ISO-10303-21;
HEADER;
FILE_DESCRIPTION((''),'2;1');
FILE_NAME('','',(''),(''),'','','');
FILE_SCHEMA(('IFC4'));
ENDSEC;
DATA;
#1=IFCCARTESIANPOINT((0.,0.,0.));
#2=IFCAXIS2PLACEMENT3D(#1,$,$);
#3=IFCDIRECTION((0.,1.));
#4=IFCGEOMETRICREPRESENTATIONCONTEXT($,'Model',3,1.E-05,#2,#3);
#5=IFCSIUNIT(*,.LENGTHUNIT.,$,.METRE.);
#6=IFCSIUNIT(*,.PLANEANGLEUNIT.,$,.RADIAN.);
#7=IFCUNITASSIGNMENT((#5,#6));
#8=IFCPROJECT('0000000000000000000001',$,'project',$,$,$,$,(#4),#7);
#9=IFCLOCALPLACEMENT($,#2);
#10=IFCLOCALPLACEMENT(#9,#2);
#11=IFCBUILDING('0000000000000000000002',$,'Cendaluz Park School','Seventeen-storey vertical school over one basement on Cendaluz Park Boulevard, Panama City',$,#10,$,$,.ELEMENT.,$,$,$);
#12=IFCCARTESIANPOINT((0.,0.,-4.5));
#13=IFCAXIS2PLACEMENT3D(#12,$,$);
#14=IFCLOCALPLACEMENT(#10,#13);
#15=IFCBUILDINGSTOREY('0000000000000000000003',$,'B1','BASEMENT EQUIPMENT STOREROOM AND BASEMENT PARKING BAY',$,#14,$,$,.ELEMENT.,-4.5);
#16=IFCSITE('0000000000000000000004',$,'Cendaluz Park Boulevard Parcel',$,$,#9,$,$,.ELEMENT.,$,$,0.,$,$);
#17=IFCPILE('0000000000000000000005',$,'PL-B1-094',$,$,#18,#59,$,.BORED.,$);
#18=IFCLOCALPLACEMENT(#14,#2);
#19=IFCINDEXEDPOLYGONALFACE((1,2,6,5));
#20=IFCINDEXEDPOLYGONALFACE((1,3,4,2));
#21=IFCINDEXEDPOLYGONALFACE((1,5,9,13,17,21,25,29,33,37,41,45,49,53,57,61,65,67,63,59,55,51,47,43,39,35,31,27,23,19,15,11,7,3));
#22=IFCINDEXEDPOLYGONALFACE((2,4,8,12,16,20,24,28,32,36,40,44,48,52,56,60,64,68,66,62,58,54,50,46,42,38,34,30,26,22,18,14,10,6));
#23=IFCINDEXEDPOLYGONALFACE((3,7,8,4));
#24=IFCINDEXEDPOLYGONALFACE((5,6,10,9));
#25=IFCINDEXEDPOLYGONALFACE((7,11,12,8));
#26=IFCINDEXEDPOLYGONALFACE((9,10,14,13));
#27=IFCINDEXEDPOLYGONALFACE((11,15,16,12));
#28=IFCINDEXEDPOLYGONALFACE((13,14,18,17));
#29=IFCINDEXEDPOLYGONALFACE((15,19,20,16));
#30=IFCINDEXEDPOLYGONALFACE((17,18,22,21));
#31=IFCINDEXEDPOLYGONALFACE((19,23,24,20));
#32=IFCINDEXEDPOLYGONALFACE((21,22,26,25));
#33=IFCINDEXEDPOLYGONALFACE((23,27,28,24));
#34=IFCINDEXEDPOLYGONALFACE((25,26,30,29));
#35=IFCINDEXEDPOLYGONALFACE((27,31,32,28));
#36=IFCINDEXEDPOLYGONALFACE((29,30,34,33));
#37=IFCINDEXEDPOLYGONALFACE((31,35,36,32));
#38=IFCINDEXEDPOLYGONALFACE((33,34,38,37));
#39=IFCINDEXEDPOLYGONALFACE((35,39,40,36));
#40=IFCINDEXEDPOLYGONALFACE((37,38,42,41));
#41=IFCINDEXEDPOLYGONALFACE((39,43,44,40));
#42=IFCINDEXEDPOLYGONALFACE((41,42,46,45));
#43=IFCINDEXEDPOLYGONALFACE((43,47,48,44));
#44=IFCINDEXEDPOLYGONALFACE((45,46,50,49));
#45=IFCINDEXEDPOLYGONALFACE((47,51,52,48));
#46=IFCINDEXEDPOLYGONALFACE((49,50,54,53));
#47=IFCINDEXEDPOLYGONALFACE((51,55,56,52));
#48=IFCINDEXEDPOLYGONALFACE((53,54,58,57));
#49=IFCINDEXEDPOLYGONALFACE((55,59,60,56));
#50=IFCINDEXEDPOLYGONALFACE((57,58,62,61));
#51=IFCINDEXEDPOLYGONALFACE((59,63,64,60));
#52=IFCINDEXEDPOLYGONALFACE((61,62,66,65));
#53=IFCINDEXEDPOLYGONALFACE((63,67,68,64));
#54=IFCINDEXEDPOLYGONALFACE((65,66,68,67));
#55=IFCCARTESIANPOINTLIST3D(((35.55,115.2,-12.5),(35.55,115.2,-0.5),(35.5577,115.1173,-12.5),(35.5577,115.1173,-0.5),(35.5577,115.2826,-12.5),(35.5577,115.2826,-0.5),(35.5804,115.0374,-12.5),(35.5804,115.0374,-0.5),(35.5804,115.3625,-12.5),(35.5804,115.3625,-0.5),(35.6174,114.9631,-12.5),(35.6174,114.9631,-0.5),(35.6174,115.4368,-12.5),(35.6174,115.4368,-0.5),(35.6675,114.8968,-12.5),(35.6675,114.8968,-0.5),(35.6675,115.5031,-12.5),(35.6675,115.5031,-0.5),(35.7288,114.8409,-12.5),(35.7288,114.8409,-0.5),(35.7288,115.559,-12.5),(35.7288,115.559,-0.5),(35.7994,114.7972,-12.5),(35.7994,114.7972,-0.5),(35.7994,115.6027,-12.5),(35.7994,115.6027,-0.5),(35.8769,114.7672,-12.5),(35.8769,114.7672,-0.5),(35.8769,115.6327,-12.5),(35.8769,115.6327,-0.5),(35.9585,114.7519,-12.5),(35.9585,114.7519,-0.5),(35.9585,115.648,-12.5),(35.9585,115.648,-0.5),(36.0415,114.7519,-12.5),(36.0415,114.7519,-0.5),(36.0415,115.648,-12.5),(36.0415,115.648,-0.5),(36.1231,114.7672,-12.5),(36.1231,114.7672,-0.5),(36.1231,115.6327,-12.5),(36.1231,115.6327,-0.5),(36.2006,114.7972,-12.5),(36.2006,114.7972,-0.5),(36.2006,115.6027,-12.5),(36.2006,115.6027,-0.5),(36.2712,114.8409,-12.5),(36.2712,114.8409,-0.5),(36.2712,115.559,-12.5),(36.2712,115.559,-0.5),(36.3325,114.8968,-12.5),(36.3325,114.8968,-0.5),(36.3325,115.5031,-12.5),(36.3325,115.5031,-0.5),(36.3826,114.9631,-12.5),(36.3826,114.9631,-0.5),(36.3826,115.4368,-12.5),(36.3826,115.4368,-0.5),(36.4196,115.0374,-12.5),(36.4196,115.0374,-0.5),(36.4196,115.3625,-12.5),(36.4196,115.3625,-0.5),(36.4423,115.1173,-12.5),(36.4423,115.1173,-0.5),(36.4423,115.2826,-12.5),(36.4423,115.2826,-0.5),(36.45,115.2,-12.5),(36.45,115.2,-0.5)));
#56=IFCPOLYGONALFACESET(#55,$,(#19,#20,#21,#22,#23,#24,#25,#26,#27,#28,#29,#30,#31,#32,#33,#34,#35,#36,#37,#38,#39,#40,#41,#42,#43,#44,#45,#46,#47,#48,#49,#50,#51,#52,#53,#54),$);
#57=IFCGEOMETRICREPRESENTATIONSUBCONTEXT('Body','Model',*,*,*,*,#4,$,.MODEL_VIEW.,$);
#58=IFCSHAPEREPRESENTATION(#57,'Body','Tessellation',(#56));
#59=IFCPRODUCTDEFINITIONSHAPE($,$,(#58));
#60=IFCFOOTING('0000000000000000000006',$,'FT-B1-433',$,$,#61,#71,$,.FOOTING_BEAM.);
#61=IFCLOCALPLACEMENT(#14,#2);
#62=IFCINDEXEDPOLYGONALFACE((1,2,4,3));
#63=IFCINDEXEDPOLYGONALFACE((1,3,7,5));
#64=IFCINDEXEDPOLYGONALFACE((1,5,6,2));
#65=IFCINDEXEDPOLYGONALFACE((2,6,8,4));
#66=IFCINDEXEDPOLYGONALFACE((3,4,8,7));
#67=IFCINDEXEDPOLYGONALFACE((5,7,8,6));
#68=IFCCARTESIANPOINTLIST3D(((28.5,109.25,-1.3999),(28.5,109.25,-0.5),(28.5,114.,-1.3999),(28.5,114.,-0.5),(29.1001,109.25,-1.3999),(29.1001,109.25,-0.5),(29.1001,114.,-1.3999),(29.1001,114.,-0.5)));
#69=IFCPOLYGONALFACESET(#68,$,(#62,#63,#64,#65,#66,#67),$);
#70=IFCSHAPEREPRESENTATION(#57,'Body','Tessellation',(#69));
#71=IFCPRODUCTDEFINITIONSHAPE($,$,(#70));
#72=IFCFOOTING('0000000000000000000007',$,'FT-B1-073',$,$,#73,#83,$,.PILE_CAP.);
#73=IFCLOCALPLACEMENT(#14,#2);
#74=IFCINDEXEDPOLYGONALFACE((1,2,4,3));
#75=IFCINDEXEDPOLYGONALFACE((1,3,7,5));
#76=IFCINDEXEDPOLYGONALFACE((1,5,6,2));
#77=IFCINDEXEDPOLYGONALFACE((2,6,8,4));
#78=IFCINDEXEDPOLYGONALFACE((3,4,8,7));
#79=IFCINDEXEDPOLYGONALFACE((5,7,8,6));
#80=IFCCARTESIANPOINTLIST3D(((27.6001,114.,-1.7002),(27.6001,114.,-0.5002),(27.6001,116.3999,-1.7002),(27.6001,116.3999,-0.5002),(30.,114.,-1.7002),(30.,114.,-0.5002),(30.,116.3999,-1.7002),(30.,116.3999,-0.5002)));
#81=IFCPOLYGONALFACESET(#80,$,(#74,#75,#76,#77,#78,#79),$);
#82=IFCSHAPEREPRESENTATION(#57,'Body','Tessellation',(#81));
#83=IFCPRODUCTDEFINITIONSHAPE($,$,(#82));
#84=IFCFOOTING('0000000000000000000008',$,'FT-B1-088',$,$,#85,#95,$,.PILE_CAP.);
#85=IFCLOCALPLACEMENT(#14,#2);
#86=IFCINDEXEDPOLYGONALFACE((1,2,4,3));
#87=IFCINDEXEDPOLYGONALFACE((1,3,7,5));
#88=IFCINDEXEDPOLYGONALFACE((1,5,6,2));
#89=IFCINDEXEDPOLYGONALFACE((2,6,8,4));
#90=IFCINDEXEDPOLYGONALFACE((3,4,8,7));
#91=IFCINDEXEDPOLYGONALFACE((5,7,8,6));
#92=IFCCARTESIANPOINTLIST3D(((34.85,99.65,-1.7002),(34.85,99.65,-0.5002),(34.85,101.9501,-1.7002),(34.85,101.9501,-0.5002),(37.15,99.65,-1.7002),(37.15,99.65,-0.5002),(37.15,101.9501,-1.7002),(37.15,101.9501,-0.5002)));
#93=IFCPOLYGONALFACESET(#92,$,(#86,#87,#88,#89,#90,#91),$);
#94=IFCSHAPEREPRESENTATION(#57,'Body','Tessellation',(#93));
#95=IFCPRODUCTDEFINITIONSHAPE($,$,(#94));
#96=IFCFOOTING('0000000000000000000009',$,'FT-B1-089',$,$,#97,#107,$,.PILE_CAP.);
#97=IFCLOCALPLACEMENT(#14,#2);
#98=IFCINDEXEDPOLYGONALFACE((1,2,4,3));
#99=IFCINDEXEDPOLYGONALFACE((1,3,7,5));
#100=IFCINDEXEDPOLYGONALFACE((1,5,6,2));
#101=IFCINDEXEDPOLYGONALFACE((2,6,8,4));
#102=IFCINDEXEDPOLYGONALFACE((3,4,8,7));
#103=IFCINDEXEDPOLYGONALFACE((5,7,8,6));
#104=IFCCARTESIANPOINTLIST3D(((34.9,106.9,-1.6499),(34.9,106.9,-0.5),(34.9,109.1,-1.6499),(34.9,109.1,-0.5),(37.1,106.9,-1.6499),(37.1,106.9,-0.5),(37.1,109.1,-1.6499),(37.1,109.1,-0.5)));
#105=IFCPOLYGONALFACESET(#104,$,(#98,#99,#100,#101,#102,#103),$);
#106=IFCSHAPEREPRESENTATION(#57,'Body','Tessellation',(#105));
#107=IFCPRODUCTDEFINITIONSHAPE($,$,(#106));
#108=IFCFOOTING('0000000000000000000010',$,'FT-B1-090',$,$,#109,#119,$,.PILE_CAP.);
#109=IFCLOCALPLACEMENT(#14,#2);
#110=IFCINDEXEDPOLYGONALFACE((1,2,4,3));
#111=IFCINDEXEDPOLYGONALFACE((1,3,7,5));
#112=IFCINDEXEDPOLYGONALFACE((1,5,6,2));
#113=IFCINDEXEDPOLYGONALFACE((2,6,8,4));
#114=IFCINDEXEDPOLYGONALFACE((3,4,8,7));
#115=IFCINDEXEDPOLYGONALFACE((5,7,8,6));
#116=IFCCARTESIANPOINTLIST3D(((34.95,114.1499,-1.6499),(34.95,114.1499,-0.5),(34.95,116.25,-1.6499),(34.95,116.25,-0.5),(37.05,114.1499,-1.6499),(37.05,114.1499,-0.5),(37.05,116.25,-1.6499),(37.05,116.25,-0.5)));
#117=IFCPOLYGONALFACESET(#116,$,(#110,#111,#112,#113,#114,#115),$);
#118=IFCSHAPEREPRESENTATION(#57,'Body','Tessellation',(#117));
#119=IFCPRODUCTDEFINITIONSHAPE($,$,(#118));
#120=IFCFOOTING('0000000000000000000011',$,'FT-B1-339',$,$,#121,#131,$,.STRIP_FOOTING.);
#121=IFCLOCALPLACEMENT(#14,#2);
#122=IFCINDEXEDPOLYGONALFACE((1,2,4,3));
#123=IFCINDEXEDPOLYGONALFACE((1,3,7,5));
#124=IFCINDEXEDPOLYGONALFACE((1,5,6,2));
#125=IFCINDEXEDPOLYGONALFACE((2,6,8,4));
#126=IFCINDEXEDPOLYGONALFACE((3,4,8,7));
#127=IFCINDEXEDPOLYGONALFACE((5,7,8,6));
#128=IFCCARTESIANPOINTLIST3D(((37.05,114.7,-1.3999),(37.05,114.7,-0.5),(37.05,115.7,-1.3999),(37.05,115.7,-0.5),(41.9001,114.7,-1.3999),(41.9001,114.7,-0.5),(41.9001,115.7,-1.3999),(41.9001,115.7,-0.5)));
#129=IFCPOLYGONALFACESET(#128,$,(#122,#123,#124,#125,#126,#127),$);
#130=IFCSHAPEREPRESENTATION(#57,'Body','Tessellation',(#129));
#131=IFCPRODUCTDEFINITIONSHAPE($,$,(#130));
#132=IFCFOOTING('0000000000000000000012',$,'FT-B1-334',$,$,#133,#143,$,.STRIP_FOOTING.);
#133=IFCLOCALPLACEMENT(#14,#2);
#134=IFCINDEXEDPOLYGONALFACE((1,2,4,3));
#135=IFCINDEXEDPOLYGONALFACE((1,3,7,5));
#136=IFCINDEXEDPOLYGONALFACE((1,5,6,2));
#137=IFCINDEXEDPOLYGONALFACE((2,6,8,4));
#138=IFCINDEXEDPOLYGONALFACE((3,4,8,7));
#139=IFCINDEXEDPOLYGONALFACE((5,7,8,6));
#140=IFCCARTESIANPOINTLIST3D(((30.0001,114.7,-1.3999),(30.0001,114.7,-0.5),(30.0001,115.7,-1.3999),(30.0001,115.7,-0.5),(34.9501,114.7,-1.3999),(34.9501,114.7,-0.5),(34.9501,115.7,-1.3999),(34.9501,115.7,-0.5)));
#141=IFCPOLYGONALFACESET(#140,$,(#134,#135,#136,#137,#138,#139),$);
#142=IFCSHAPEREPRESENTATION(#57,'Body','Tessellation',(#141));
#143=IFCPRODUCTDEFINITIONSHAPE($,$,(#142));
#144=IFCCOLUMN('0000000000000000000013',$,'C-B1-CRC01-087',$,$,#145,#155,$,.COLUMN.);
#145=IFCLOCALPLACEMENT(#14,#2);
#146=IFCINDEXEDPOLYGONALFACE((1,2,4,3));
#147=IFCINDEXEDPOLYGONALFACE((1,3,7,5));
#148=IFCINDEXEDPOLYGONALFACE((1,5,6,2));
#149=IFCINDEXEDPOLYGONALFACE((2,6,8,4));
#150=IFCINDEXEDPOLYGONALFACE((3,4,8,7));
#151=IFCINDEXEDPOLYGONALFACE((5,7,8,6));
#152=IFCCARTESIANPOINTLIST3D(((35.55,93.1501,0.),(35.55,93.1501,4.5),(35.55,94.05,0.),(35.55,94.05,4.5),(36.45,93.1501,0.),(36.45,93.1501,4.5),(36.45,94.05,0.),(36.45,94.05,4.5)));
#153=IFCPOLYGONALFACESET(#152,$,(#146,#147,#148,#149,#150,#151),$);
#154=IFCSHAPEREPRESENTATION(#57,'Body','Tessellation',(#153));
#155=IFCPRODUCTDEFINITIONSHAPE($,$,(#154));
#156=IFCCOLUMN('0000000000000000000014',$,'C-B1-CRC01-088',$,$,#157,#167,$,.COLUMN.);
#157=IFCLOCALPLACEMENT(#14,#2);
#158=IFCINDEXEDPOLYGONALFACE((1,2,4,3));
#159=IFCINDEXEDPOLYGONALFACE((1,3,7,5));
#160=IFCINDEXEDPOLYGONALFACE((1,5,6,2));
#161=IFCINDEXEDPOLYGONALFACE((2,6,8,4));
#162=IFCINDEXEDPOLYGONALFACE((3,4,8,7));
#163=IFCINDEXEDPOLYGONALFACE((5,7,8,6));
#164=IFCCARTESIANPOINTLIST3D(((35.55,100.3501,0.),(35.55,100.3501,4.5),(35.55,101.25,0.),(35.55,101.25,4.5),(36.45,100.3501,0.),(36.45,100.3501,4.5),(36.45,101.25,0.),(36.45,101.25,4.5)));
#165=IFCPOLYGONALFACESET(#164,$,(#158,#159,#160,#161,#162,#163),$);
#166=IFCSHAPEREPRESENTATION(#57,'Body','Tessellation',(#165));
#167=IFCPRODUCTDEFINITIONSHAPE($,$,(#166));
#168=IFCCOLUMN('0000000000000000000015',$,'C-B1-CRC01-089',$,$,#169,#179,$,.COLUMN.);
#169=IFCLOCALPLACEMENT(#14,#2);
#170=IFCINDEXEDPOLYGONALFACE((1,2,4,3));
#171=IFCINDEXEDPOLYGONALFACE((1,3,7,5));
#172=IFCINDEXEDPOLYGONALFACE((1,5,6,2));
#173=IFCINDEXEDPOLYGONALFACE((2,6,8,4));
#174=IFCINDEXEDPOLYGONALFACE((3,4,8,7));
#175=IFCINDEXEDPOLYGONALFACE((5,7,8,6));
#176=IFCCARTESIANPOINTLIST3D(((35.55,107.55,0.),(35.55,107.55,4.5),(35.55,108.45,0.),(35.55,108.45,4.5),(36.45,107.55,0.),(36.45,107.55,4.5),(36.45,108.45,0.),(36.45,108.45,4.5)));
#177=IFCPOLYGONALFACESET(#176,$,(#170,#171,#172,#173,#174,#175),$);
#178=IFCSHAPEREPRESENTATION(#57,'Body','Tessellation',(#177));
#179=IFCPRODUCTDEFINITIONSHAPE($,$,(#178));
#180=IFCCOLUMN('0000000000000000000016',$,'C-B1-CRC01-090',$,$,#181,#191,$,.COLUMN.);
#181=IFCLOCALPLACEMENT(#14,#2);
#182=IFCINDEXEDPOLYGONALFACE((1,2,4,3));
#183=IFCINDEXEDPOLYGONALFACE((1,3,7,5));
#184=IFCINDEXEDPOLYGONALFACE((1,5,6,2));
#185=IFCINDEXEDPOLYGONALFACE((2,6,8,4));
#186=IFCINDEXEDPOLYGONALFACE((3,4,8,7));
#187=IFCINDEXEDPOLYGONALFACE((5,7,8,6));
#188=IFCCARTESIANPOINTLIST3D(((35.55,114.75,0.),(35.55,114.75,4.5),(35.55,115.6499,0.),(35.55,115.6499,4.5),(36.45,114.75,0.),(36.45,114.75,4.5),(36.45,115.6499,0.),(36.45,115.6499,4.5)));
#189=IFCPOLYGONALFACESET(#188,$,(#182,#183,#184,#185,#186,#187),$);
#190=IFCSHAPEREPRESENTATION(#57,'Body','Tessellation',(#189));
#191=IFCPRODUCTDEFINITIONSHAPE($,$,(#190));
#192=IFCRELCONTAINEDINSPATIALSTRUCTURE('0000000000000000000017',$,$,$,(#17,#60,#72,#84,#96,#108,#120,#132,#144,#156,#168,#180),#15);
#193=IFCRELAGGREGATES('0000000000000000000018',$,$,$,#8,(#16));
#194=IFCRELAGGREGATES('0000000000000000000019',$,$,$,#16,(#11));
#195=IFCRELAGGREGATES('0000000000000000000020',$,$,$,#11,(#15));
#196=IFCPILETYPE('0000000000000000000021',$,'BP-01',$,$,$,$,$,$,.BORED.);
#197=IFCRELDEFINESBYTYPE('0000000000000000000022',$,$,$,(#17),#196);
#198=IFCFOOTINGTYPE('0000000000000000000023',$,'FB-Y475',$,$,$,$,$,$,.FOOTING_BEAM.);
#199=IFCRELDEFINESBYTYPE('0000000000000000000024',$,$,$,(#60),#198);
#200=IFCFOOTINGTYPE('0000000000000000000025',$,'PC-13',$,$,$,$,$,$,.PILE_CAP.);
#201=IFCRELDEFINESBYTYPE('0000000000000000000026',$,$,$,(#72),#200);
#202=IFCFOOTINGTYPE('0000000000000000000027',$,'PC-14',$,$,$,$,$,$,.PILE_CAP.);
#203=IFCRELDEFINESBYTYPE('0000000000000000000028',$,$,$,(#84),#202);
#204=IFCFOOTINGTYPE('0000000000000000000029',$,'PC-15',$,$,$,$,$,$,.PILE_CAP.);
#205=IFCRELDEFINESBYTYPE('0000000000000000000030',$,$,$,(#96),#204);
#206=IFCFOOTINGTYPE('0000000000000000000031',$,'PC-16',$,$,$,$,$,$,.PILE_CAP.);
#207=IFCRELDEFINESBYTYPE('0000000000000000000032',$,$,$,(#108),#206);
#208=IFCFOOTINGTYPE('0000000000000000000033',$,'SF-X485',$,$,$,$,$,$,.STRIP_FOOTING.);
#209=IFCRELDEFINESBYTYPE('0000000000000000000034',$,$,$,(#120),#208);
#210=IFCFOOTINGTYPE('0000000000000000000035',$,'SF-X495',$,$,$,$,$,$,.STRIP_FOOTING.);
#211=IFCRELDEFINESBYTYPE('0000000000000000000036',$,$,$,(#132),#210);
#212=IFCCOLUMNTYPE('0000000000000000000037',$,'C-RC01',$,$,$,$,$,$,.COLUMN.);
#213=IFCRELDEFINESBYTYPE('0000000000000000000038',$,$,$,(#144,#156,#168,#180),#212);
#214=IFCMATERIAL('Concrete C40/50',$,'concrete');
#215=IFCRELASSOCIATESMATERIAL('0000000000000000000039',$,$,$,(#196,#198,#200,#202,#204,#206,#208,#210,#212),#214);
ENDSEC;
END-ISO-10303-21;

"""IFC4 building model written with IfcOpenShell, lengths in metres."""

from ifc_helpers import new_model, si_unit, direction, frame, origin, origin_2d, place, context, subcontext, project, spatial, rectangle, circle, extrude, material, material_profile, profile_set, type_object, element, save


model = new_model("IFC4")

# Units and contexts
model_context = context("Model", 3, precision=1e-05, world=origin(), true_north=direction((0.0, 1.0)))
body_context = subcontext(model_context, "Body", "Model", "MODEL_VIEW")
ifc_project = project(units=[si_unit("LENGTHUNIT", "METRE"), si_unit("PLANEANGLEUNIT", "RADIAN")], contexts=[model_context])

# Site, building, storey
site_placement = place(None, origin())
site = spatial("IfcSite", under=ifc_project, at=site_placement, Name="Cendaluz Park Boulevard Parcel", CompositionType="ELEMENT", RefElevation=0.0)
building_placement = place(site_placement, origin())
building = spatial("IfcBuilding", under=site, at=building_placement, Name="Cendaluz Park School", Description="Seventeen-storey vertical school over one basement on Cendaluz Park Boulevard, Panama City", CompositionType="ELEMENT")
storey_placement = place(building_placement, frame((0.0, 0.0, -4.5)))
storey = spatial("IfcBuildingStorey", under=building, at=storey_placement, Name="B1", Description="BASEMENT EQUIPMENT STOREROOM AND BASEMENT PARKING BAY", CompositionType="ELEMENT", Elevation=-4.5)

# Pile
ifc_material_1 = material(Name="Concrete C40/50", Category="concrete")
ifc_material_profile_1 = material_profile(ifc_material_1, circle(Radius=0.45, at=origin_2d()), Name="BP D900", Category="concrete")
ifc_profile_set_1 = profile_set([ifc_material_profile_1], Name="Concrete C40/50")
pile_type = type_object("IfcPileType", Name="BP-01", PredefinedType="BORED", material=ifc_profile_set_1)
for number, where, z_axis, x_axis, name in (
    (1, (36.0, 115.2, -0.5), (0.0, 0.0, -1.0), (1.0, 0.0, 0.0), "PL-B1-094"),
):
    element("IfcPile", number, at=place(storey_placement, frame(where, z_axis=z_axis, x_axis=x_axis)), inside=storey, type_object=pile_type, Name=name, PredefinedType="BORED", context=body_context, shape_type="SweptSolid", body=[
        extrude(circle(Radius=0.45, at=origin_2d()), origin(), (0.0, 0.0, 1.0), 12.0),
    ])

# Footings
footing_type_1 = type_object("IfcFootingType", Name="FB-Y475", PredefinedType="FOOTING_BEAM", material=ifc_material_1)
footing_1_placement = place(storey_placement, frame((28.8, 111.625, -1.3999), z_axis=(0.0, 0.0, 1.0), x_axis=(1.0, 0.0, 0.0)))
element("IfcFooting", 2, at=footing_1_placement, inside=storey, type_object=footing_type_1, Name="FT-B1-433", PredefinedType="FOOTING_BEAM", context=body_context, shape_type="SweptSolid", body=[
    extrude(rectangle(XDim=0.6001, YDim=4.75, at=origin_2d()), origin(), (0.0, 0.0, 1.0), 0.8999),
])
footing_type_2 = type_object("IfcFootingType", Name="PC-13", PredefinedType="PILE_CAP", material=ifc_material_1)
footing_2_placement = place(storey_placement, frame((28.8, 115.2, -1.7002), z_axis=(0.0, 0.0, 1.0), x_axis=(1.0, 0.0, 0.0)))
element("IfcFooting", 3, at=footing_2_placement, inside=storey, type_object=footing_type_2, Name="FT-B1-073", PredefinedType="PILE_CAP", context=body_context, shape_type="SweptSolid", body=[
    extrude(rectangle(XDim=2.3999, YDim=2.3999, at=origin_2d()), origin(), (0.0, 0.0, 1.0), 1.2),
])
footing_type_3 = type_object("IfcFootingType", Name="PC-14", PredefinedType="PILE_CAP", material=ifc_material_1)
footing_3_placement = place(storey_placement, frame((36.0, 100.8, -1.7002), z_axis=(0.0, 0.0, 1.0), x_axis=(1.0, 0.0, 0.0)))
element("IfcFooting", 4, at=footing_3_placement, inside=storey, type_object=footing_type_3, Name="FT-B1-088", PredefinedType="PILE_CAP", context=body_context, shape_type="SweptSolid", body=[
    extrude(rectangle(XDim=2.3, YDim=2.3, at=origin_2d()), origin(), (0.0, 0.0, 1.0), 1.2),
])
footing_type_4 = type_object("IfcFootingType", Name="PC-15", PredefinedType="PILE_CAP", material=ifc_material_1)
footing_4_placement = place(storey_placement, frame((36.0, 108.0, -1.6499), z_axis=(0.0, 0.0, 1.0), x_axis=(1.0, 0.0, 0.0)))
element("IfcFooting", 5, at=footing_4_placement, inside=storey, type_object=footing_type_4, Name="FT-B1-089", PredefinedType="PILE_CAP", context=body_context, shape_type="SweptSolid", body=[
    extrude(rectangle(XDim=2.2, YDim=2.2, at=origin_2d()), origin(), (0.0, 0.0, 1.0), 1.1499),
])
footing_type_5 = type_object("IfcFootingType", Name="PC-16", PredefinedType="PILE_CAP", material=ifc_material_1)
footing_5_placement = place(storey_placement, frame((36.0, 115.2, -1.6499), z_axis=(0.0, 0.0, 1.0), x_axis=(1.0, 0.0, 0.0)))
element("IfcFooting", 6, at=footing_5_placement, inside=storey, type_object=footing_type_5, Name="FT-B1-090", PredefinedType="PILE_CAP", context=body_context, shape_type="SweptSolid", body=[
    extrude(rectangle(XDim=2.1001, YDim=2.1001, at=origin_2d()), origin(), (0.0, 0.0, 1.0), 1.1499),
])
footing_type_6 = type_object("IfcFootingType", Name="SF-X485", PredefinedType="STRIP_FOOTING", material=ifc_material_1)
footing_6_placement = place(storey_placement, frame((39.4751, 115.2, -1.3999), z_axis=(0.0, 0.0, 1.0), x_axis=(1.0, 0.0, 0.0)))
element("IfcFooting", 7, at=footing_6_placement, inside=storey, type_object=footing_type_6, Name="FT-B1-339", PredefinedType="STRIP_FOOTING", context=body_context, shape_type="SweptSolid", body=[
    extrude(rectangle(XDim=4.8501, YDim=1.0, at=origin_2d()), origin(), (0.0, 0.0, 1.0), 0.8999),
])
footing_type_7 = type_object("IfcFootingType", Name="SF-X495", PredefinedType="STRIP_FOOTING", material=ifc_material_1)
footing_7_placement = place(storey_placement, frame((32.4751, 115.2, -1.3999), z_axis=(0.0, 0.0, 1.0), x_axis=(1.0, 0.0, 0.0)))
element("IfcFooting", 8, at=footing_7_placement, inside=storey, type_object=footing_type_7, Name="FT-B1-334", PredefinedType="STRIP_FOOTING", context=body_context, shape_type="SweptSolid", body=[
    extrude(rectangle(XDim=4.95, YDim=1.0, at=origin_2d()), origin(), (0.0, 0.0, 1.0), 0.8999),
])

# Columns
ifc_material_profile_2 = material_profile(ifc_material_1, rectangle(XDim=0.8999, YDim=0.8999, at=origin_2d()), Name="RC 900x900", Category="concrete")
ifc_profile_set_2 = profile_set([ifc_material_profile_2], Name="Concrete C40/50")
column_type_1 = type_object("IfcColumnType", Name="C-RC01", PredefinedType="COLUMN", material=ifc_profile_set_2)
for number, where, z_axis, x_axis, name in (
    (9, (36.0, 93.6001, 0.0), (0.0, 0.0, 1.0), (1.0, 0.0, 0.0), "C-B1-CRC01-087"),
    (10, (36.0, 100.8, 0.0), (0.0, 0.0, 1.0), (1.0, 0.0, 0.0), "C-B1-CRC01-088"),
    (11, (36.0, 108.0, 0.0), (0.0, 0.0, 1.0), (1.0, 0.0, 0.0), "C-B1-CRC01-089"),
    (12, (36.0, 115.2, 0.0), (0.0, 0.0, 1.0), (1.0, 0.0, 0.0), "C-B1-CRC01-090"),
):
    element("IfcColumn", number, at=place(storey_placement, frame(where, z_axis=z_axis, x_axis=x_axis)), inside=storey, type_object=column_type_1, Name=name, PredefinedType="COLUMN", context=body_context, shape_type="SweptSolid", body=[
        extrude(rectangle(XDim=0.8999, YDim=0.8999, at=origin_2d()), origin(), (0.0, 0.0, 1.0), 4.5),
    ])

save(model, "model.ifc")
